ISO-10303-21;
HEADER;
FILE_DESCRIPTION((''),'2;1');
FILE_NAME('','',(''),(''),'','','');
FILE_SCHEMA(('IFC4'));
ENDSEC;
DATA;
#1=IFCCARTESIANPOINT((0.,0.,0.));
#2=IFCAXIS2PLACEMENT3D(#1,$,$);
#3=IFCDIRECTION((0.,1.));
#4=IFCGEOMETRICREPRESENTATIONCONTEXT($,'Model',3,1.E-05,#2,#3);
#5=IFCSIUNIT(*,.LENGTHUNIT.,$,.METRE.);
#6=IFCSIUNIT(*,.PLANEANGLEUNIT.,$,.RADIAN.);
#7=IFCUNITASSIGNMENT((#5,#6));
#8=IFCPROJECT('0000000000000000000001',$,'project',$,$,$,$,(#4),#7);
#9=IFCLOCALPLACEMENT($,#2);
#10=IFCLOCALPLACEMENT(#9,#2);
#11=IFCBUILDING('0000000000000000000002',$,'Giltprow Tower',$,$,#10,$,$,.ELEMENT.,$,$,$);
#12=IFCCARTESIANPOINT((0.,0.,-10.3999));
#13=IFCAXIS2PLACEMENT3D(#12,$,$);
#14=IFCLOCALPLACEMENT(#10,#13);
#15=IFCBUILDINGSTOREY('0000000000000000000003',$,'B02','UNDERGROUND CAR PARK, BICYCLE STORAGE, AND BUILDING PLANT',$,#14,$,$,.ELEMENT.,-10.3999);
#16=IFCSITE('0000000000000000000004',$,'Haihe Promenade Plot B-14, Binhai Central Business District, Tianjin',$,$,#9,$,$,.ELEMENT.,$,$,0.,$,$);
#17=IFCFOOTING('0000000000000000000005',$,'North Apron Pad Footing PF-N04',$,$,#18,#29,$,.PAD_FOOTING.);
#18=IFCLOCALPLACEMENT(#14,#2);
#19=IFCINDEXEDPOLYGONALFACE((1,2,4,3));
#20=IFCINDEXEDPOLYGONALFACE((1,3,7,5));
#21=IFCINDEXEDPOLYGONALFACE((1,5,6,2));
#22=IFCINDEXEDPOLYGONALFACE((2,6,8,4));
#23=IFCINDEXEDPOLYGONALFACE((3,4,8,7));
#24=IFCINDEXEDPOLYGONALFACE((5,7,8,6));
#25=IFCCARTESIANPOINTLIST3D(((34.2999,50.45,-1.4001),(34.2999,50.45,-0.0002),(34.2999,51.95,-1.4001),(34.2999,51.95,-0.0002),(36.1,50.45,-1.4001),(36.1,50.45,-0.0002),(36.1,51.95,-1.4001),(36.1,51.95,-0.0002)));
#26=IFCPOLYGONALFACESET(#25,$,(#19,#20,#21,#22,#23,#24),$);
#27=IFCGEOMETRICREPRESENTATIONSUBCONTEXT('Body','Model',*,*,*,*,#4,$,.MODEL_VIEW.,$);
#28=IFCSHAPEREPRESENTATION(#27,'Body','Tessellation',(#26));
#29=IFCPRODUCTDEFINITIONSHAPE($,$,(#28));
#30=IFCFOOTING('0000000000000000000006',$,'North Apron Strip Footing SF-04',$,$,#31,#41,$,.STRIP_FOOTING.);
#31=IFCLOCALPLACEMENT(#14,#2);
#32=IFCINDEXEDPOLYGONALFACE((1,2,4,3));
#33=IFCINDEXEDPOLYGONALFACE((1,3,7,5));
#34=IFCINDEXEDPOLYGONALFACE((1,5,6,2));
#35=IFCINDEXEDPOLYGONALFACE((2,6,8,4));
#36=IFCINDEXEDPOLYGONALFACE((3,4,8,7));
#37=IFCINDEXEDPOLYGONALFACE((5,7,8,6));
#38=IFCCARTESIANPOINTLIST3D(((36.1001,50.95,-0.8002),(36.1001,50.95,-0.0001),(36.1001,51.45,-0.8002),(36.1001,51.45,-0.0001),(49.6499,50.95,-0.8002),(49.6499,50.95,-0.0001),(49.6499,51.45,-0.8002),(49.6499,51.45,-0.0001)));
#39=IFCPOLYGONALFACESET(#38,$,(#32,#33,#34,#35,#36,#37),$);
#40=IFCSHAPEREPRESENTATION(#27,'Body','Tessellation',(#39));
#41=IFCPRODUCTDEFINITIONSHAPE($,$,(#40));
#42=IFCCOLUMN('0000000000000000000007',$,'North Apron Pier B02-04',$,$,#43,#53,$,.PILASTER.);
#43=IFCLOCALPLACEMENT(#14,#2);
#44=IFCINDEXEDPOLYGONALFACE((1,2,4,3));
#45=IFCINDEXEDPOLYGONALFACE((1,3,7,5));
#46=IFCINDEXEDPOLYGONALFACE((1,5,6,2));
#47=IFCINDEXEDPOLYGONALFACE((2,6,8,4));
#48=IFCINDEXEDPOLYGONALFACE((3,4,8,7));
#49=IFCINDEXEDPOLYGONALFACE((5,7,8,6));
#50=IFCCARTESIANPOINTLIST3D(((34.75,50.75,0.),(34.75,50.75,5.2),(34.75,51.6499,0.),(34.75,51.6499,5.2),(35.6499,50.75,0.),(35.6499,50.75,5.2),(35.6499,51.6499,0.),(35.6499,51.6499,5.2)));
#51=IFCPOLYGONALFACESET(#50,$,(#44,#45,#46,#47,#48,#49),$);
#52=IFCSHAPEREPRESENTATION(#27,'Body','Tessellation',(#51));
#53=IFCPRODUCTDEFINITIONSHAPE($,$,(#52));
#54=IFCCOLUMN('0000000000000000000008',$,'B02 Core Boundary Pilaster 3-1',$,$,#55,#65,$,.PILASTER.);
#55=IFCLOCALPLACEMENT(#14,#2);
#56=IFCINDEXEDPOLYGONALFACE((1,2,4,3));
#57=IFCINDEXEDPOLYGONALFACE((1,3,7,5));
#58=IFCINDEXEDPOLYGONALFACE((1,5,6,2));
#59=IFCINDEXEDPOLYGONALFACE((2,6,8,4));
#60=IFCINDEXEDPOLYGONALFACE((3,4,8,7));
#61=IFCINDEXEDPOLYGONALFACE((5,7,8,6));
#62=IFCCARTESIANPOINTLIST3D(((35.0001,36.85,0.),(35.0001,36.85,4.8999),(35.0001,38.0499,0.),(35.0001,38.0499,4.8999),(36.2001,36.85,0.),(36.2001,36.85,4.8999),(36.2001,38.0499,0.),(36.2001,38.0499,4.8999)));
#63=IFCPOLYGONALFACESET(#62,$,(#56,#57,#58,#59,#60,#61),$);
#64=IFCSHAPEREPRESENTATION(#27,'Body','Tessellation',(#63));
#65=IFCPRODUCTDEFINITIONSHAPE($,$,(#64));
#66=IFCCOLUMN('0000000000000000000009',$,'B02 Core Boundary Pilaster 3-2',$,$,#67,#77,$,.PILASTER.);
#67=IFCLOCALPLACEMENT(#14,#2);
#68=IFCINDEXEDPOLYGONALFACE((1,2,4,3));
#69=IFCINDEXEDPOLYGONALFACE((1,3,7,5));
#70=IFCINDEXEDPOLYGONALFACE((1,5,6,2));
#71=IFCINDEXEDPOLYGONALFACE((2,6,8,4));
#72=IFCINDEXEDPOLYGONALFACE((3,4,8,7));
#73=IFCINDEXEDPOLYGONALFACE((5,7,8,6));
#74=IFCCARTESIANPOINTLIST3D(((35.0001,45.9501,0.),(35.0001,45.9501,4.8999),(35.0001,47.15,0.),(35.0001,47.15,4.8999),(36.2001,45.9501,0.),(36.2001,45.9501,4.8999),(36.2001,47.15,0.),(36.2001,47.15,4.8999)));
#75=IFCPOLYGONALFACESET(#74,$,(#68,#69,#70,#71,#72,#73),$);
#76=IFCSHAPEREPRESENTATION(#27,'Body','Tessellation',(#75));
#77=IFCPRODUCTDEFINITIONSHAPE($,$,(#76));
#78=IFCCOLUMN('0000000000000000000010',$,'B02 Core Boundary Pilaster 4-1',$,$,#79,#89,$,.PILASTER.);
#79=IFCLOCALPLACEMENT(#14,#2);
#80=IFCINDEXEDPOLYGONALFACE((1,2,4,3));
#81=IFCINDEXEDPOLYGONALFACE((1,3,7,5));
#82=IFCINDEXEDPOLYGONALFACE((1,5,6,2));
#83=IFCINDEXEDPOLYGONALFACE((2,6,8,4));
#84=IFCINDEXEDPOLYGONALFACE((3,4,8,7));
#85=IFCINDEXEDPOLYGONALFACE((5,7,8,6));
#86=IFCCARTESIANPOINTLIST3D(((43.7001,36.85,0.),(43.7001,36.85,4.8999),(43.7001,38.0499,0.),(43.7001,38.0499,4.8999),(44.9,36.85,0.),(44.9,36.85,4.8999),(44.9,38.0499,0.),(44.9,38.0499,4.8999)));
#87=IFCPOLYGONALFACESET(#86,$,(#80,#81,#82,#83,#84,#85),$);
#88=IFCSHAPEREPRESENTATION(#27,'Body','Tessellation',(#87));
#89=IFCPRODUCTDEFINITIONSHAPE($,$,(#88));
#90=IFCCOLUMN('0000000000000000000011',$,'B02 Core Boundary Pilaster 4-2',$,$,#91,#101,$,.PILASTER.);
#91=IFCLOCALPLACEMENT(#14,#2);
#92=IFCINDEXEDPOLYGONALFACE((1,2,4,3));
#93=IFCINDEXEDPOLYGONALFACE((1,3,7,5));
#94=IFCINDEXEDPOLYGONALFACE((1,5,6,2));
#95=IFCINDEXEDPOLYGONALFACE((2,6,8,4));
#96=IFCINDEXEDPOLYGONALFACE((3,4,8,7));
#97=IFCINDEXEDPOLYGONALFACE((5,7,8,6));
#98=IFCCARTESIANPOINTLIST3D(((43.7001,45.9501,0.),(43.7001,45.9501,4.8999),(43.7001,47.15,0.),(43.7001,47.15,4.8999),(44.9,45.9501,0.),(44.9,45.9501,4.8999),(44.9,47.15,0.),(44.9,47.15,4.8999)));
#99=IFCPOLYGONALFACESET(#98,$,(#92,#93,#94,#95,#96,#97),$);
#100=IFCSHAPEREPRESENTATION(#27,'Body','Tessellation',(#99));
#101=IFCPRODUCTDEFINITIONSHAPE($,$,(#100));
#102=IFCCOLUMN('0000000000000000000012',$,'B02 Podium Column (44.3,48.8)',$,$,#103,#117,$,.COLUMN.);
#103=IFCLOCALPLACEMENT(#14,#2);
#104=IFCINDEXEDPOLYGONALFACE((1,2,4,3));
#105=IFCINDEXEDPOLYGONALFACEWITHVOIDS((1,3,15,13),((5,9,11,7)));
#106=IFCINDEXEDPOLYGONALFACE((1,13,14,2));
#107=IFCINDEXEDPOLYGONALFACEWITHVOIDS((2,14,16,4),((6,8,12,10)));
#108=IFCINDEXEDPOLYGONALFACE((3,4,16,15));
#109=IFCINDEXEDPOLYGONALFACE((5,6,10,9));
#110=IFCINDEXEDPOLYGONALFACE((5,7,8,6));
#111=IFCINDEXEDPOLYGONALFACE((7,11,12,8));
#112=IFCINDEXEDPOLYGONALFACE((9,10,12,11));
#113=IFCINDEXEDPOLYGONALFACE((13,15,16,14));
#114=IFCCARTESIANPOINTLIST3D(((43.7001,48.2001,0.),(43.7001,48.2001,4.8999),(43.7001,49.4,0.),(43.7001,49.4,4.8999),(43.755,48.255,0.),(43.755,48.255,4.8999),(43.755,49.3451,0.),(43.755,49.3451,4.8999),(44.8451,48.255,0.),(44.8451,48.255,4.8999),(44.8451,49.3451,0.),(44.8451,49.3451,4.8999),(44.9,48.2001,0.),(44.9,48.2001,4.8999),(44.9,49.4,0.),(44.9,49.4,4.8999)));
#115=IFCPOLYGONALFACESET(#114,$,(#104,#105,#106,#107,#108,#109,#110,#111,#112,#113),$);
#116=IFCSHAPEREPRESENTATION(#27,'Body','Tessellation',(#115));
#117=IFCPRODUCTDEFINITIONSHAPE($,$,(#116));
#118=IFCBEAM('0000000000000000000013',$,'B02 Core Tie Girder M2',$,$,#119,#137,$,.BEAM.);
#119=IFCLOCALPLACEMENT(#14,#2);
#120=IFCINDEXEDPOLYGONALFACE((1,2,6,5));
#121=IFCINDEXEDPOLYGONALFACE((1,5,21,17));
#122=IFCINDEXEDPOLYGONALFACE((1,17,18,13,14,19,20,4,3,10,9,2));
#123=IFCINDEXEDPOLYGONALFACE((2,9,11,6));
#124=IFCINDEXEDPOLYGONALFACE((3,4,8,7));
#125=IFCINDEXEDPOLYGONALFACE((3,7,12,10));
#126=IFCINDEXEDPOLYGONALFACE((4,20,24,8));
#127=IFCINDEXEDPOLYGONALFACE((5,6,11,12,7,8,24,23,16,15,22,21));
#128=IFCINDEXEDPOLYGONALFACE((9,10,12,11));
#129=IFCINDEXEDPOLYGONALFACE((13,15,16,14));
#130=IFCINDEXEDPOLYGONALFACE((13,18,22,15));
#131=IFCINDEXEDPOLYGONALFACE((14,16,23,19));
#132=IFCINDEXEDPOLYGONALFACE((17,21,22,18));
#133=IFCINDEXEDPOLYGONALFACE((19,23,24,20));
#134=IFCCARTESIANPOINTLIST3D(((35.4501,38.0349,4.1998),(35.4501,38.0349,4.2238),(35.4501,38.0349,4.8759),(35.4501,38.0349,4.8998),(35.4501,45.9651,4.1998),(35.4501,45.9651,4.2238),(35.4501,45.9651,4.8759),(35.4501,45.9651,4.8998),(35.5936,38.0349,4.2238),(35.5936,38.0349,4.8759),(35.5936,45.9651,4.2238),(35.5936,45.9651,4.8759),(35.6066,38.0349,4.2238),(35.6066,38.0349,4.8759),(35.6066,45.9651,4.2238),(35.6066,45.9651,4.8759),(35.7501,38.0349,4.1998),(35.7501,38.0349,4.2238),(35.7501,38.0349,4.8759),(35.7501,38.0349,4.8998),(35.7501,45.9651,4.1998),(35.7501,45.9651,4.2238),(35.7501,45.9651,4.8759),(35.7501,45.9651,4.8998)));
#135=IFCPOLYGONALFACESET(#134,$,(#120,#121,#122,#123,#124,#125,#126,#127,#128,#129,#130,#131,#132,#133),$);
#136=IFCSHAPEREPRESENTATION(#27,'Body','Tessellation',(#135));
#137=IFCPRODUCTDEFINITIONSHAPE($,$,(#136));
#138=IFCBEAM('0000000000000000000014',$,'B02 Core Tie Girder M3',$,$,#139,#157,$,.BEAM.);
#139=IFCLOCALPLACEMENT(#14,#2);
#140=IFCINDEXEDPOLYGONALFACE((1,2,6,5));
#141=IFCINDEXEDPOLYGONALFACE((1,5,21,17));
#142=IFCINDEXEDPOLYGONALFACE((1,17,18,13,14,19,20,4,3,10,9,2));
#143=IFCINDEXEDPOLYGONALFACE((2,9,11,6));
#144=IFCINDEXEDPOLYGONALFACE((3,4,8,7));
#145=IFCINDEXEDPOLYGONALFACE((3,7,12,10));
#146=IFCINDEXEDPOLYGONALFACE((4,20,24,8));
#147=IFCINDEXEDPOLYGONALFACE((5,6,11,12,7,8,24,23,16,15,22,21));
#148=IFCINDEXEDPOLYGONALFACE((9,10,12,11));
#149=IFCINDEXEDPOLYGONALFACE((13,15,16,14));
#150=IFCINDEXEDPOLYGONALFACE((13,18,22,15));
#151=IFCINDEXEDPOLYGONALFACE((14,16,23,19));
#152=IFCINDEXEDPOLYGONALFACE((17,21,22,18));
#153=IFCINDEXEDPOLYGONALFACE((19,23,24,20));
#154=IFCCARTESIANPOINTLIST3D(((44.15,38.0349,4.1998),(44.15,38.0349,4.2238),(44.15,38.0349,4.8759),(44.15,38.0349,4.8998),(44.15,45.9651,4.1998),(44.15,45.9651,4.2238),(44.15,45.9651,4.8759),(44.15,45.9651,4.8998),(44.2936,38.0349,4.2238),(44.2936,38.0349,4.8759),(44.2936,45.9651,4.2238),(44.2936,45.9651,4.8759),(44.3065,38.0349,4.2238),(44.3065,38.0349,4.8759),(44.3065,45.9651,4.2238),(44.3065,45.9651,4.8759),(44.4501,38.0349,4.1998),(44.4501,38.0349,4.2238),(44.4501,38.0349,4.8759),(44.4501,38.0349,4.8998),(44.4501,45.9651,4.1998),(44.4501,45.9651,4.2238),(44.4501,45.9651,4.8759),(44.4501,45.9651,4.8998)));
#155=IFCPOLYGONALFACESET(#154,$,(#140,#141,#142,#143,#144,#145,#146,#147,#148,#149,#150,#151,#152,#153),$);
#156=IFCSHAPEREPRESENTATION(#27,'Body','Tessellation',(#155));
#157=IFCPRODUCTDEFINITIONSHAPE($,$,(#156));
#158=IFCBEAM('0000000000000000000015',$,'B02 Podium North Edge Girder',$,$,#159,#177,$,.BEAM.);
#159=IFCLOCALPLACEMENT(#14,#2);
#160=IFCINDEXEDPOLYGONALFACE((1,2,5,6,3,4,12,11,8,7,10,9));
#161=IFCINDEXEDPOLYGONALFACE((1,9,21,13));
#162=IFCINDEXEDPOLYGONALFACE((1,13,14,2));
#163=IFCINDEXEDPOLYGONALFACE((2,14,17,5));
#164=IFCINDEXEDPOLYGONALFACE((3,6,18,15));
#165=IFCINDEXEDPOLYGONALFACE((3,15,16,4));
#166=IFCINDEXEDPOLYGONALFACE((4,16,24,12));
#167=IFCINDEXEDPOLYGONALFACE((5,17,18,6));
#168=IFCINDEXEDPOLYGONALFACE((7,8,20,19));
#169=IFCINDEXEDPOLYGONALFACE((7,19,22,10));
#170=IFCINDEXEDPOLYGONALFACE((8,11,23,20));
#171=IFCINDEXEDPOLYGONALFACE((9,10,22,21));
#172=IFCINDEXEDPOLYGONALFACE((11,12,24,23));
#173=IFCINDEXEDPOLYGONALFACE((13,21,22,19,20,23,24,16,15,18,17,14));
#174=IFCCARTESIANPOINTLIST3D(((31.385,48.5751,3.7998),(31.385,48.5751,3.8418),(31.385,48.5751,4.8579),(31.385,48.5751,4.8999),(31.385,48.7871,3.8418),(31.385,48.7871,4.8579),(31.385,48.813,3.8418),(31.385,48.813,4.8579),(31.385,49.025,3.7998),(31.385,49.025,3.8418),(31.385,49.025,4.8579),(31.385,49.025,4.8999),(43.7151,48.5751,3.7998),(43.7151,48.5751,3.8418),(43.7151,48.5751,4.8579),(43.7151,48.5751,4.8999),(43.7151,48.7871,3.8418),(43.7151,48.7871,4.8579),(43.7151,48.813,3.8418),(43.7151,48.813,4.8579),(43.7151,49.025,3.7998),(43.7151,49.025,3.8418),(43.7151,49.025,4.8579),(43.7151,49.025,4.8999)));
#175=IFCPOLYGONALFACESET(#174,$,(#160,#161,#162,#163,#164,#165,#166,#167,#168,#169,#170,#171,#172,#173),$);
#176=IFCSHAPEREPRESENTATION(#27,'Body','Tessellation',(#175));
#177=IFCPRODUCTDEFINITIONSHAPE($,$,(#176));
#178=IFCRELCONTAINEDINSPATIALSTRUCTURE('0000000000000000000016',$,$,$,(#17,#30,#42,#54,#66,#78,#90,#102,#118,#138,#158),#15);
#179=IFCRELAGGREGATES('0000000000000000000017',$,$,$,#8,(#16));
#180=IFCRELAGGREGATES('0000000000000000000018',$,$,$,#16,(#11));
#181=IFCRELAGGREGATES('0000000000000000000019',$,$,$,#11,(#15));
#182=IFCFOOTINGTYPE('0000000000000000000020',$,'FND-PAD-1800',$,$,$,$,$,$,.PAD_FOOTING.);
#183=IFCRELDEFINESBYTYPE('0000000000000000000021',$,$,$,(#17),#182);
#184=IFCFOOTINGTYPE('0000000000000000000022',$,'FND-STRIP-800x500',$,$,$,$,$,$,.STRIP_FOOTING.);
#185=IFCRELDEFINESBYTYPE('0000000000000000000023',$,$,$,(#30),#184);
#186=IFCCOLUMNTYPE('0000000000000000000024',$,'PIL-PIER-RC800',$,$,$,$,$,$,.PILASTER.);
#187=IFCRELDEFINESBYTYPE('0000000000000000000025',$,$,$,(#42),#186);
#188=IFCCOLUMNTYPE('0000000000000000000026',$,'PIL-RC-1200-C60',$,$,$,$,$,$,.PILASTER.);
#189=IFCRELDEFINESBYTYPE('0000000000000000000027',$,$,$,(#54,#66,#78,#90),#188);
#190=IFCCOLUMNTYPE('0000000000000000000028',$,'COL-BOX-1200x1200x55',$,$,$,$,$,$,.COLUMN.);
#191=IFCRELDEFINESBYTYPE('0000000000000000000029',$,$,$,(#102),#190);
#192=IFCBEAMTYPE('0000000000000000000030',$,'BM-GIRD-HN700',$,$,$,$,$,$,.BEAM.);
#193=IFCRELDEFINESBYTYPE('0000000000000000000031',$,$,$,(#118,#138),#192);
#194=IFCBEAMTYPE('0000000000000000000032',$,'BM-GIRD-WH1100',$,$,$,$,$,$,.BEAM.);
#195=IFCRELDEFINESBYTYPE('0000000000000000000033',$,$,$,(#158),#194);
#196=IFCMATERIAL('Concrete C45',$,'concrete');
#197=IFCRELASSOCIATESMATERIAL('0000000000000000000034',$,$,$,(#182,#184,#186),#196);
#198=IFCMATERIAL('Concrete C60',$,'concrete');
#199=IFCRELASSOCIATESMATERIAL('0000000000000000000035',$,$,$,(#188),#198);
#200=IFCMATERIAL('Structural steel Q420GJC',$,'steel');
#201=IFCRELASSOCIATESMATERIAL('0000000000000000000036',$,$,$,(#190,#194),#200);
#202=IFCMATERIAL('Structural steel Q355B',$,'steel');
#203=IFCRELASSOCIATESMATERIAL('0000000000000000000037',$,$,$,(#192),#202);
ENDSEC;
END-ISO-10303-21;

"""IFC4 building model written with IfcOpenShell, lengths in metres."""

from ifc_helpers import new_model, si_unit, direction, frame, origin, origin_2d, place, context, subcontext, project, spatial, rectangle, hollow_rectangle, i_section, extrude, source, transform, mapped, material, material_profile, profile_set, type_object, element, save


model = new_model("IFC4")

# Units and contexts
model_context = context("Model", 3, precision=1e-05, world=origin(), true_north=direction((0.0, 1.0)))
body_context = subcontext(model_context, "Body", "Model", "MODEL_VIEW")
ifc_project = project(units=[si_unit("LENGTHUNIT", "METRE"), si_unit("PLANEANGLEUNIT", "RADIAN")], contexts=[model_context])

# Site, building, storey
site_placement = place(None, origin())
site = spatial("IfcSite", under=ifc_project, at=site_placement, Name="Haihe Promenade Plot B-14, Binhai Central Business District, Tianjin", CompositionType="ELEMENT", RefElevation=0.0)
building_placement = place(site_placement, origin())
building = spatial("IfcBuilding", under=site, at=building_placement, Name="Giltprow Tower", CompositionType="ELEMENT")
storey_placement = place(building_placement, frame((0.0, 0.0, -10.3999)))
storey = spatial("IfcBuildingStorey", under=building, at=storey_placement, Name="B02", Description="UNDERGROUND CAR PARK, BICYCLE STORAGE, AND BUILDING PLANT", CompositionType="ELEMENT", Elevation=-10.3999)

# Shared definitions
ifc_material_1 = material(Name="Concrete C45", Category="concrete")

# Footings
footing_type_1 = type_object("IfcFootingType", Name="FND-PAD-1800", PredefinedType="PAD_FOOTING", material=ifc_material_1)
shared_shape_1 = source(origin(), body_context, "Body", "SweptSolid", [
    extrude(rectangle(XDim=1.8, YDim=1.5, at=origin_2d()), origin(), (0.0, 0.0, 1.0), 1.3999),
])
footing_1_placement = place(storey_placement, frame((35.2, 51.2, -1.4001), z_axis=(0.0, 0.0, 1.0), x_axis=(1.0, 0.0, 0.0)))
element("IfcFooting", 1, at=footing_1_placement, inside=storey, type_object=footing_type_1, Name="North Apron Pad Footing PF-N04", PredefinedType="PAD_FOOTING", context=body_context, shape_type="MappedRepresentation", body=[
    mapped(shared_shape_1, transform((0.0, 0.0, 0.0), x_axis=(1.0, 0.0, 0.0), y_axis=(0.0, 1.0, 0.0), z_axis=(0.0, 0.0, 1.0), scale=1.0)),
])
ifc_material_profile_1 = material_profile(ifc_material_1, rectangle(XDim=0.5, YDim=0.8, at=origin_2d()), Name="RC 800x500")
ifc_profile_set_1 = profile_set([ifc_material_profile_1], Name="Concrete C45")
footing_type_2 = type_object("IfcFootingType", Name="FND-STRIP-800x500", PredefinedType="STRIP_FOOTING", material=ifc_profile_set_1)
shared_shape_2 = source(origin(), body_context, "Body", "SweptSolid", [
    extrude(rectangle(XDim=0.5, YDim=0.8, at=origin_2d()), origin(), (0.0, 0.0, 1.0), 13.5498),
])
footing_2_placement = place(storey_placement, frame((36.1001, 51.2, -0.4001), z_axis=(1.0, 0.0, 0.0), x_axis=(0.0, 1.0, 0.0)))
element("IfcFooting", 2, at=footing_2_placement, inside=storey, type_object=footing_type_2, Name="North Apron Strip Footing SF-04", PredefinedType="STRIP_FOOTING", context=body_context, shape_type="MappedRepresentation", body=[
    mapped(shared_shape_2, transform((0.0, 0.0, 0.0), x_axis=(1.0, 0.0, 0.0), y_axis=(0.0, 1.0, 0.0), z_axis=(0.0, 0.0, 1.0), scale=1.0)),
])

# Columns
ifc_material_profile_2 = material_profile(ifc_material_1, rectangle(XDim=0.8999, YDim=0.8999, at=origin_2d()), Name="RC 900x900")
ifc_profile_set_2 = profile_set([ifc_material_profile_2], Name="Concrete C45")
column_type_1 = type_object("IfcColumnType", Name="PIL-PIER-RC800", PredefinedType="PILASTER", material=ifc_profile_set_2)
shared_shape_3 = source(origin(), body_context, "Body", "SweptSolid", [
    extrude(rectangle(XDim=0.8999, YDim=0.8999, at=origin_2d()), origin(), (0.0, 0.0, 1.0), 5.2),
])
column_1_placement = place(storey_placement, frame((35.2, 51.2, 0.0), z_axis=(0.0, 0.0, 1.0), x_axis=(1.0, 0.0, 0.0)))
element("IfcColumn", 3, at=column_1_placement, inside=storey, type_object=column_type_1, Name="North Apron Pier B02-04", PredefinedType="PILASTER", context=body_context, shape_type="MappedRepresentation", body=[
    mapped(shared_shape_3, transform((0.0, 0.0, 0.0), x_axis=(1.0, 0.0, 0.0), y_axis=(0.0, 1.0, 0.0), z_axis=(0.0, 0.0, 1.0), scale=1.0)),
])
ifc_material_2 = material(Name="Concrete C60", Category="concrete")
ifc_material_profile_3 = material_profile(ifc_material_2, rectangle(XDim=1.2, YDim=1.2, at=origin_2d()), Name="RC 1200x1200")
ifc_profile_set_3 = profile_set([ifc_material_profile_3], Name="Concrete C60")
column_type_2 = type_object("IfcColumnType", Name="PIL-RC-1200-C60", PredefinedType="PILASTER", material=ifc_profile_set_3)
shared_shape_4 = source(origin(), body_context, "Body", "SweptSolid", [
    extrude(rectangle(XDim=1.2, YDim=1.2, at=origin_2d()), origin(), (0.0, 0.0, 1.0), 4.8999),
])
for number, where, z_axis, x_axis, name in (
    (4, (35.6001, 37.45, 0.0), (0.0, 0.0, 1.0), (1.0, 0.0, 0.0), "B02 Core Boundary Pilaster 3-1"),
    (5, (35.6001, 46.55, 0.0), (0.0, 0.0, 1.0), (1.0, 0.0, 0.0), "B02 Core Boundary Pilaster 3-2"),
    (6, (44.3, 37.45, 0.0), (0.0, 0.0, 1.0), (1.0, 0.0, 0.0), "B02 Core Boundary Pilaster 4-1"),
    (7, (44.3, 46.55, 0.0), (0.0, 0.0, 1.0), (1.0, 0.0, 0.0), "B02 Core Boundary Pilaster 4-2"),
):
    element("IfcColumn", number, at=place(storey_placement, frame(where, z_axis=z_axis, x_axis=x_axis)), inside=storey, type_object=column_type_2, Name=name, PredefinedType="PILASTER", context=body_context, shape_type="MappedRepresentation", body=[
        mapped(shared_shape_4, transform((0.0, 0.0, 0.0), x_axis=(1.0, 0.0, 0.0), y_axis=(0.0, 1.0, 0.0), z_axis=(0.0, 0.0, 1.0), scale=1.0)),
    ])
ifc_material_3 = material(Name="Structural steel Q420GJC", Category="steel")
ifc_material_profile_4 = material_profile(ifc_material_3, hollow_rectangle(XDim=1.2, YDim=1.2, WallThickness=0.0549, at=origin_2d()), Name="BOX 1200x1200x55")
ifc_profile_set_4 = profile_set([ifc_material_profile_4], Name="Structural steel Q420GJC")
column_type_3 = type_object("IfcColumnType", Name="COL-BOX-1200x1200x55", PredefinedType="COLUMN", material=ifc_profile_set_4)
shared_shape_5 = source(origin(), body_context, "Body", "SweptSolid", [
    extrude(hollow_rectangle(XDim=1.2, YDim=1.2, WallThickness=0.0549, at=origin_2d()), origin(), (0.0, 0.0, 1.0), 4.8999),
])
column_2_placement = place(storey_placement, frame((44.3, 48.8, 0.0), z_axis=(0.0, 0.0, 1.0), x_axis=(1.0, 0.0, 0.0)))
element("IfcColumn", 8, at=column_2_placement, inside=storey, type_object=column_type_3, Name="B02 Podium Column (44.3,48.8)", PredefinedType="COLUMN", context=body_context, shape_type="MappedRepresentation", body=[
    mapped(shared_shape_5, transform((0.0, 0.0, 0.0), x_axis=(1.0, 0.0, 0.0), y_axis=(0.0, 1.0, 0.0), z_axis=(0.0, 0.0, 1.0), scale=1.0)),
])

# Beams
ifc_material_4 = material(Name="Structural steel Q355B", Category="steel")
ifc_material_profile_5 = material_profile(ifc_material_4, i_section(OverallWidth=0.3, OverallDepth=0.7, WebThickness=0.0129, FlangeThickness=0.0239, at=origin_2d()), Name="HN 700x300x13x24")
ifc_profile_set_5 = profile_set([ifc_material_profile_5], Name="Structural steel Q355B")
beam_type_1 = type_object("IfcBeamType", Name="BM-GIRD-HN700", PredefinedType="BEAM", material=ifc_profile_set_5)
shared_shape_6 = source(origin(), body_context, "Body", "SweptSolid", [
    extrude(i_section(OverallWidth=0.3, OverallDepth=0.7, WebThickness=0.0129, FlangeThickness=0.0239, at=origin_2d()), origin(), (0.0, 0.0, 1.0), 7.9302),
])
for number, where, z_axis, x_axis, name in (
    (9, (35.6001, 38.0349, 4.5498), (0.0, 1.0, 0.0), (-1.0, 0.0, 0.0), "B02 Core Tie Girder M2"),
    (10, (44.3, 38.0349, 4.5498), (0.0, 1.0, 0.0), (-1.0, 0.0, 0.0), "B02 Core Tie Girder M3"),
):
    element("IfcBeam", number, at=place(storey_placement, frame(where, z_axis=z_axis, x_axis=x_axis)), inside=storey, type_object=beam_type_1, Name=name, PredefinedType="BEAM", context=body_context, shape_type="MappedRepresentation", body=[
        mapped(shared_shape_6, transform((0.0, 0.0, 0.0), x_axis=(1.0, 0.0, 0.0), y_axis=(0.0, 1.0, 0.0), z_axis=(0.0, 0.0, 1.0), scale=1.0)),
    ])
ifc_material_profile_6 = material_profile(ifc_material_3, i_section(OverallWidth=0.45, OverallDepth=1.1001, WebThickness=0.0259, FlangeThickness=0.042, at=origin_2d()), Name="WH 1100x450x26x42")
ifc_profile_set_6 = profile_set([ifc_material_profile_6], Name="Structural steel Q420GJC")
beam_type_2 = type_object("IfcBeamType", Name="BM-GIRD-WH1100", PredefinedType="BEAM", material=ifc_profile_set_6)
shared_shape_7 = source(origin(), body_context, "Body", "SweptSolid", [
    extrude(i_section(OverallWidth=0.45, OverallDepth=1.1001, WebThickness=0.0259, FlangeThickness=0.042, at=origin_2d()), origin(), (0.0, 0.0, 1.0), 12.3301),
])
beam_1_placement = place(storey_placement, frame((31.385, 48.8, 4.3499), z_axis=(1.0, 0.0, 0.0), x_axis=(0.0, 1.0, 0.0)))
element("IfcBeam", 11, at=beam_1_placement, inside=storey, type_object=beam_type_2, Name="B02 Podium North Edge Girder", PredefinedType="BEAM", context=body_context, shape_type="MappedRepresentation", body=[
    mapped(shared_shape_7, transform((0.0, 0.0, 0.0), x_axis=(1.0, 0.0, 0.0), y_axis=(0.0, 1.0, 0.0), z_axis=(0.0, 0.0, 1.0), scale=1.0)),
])

save(model, "model.ifc")
